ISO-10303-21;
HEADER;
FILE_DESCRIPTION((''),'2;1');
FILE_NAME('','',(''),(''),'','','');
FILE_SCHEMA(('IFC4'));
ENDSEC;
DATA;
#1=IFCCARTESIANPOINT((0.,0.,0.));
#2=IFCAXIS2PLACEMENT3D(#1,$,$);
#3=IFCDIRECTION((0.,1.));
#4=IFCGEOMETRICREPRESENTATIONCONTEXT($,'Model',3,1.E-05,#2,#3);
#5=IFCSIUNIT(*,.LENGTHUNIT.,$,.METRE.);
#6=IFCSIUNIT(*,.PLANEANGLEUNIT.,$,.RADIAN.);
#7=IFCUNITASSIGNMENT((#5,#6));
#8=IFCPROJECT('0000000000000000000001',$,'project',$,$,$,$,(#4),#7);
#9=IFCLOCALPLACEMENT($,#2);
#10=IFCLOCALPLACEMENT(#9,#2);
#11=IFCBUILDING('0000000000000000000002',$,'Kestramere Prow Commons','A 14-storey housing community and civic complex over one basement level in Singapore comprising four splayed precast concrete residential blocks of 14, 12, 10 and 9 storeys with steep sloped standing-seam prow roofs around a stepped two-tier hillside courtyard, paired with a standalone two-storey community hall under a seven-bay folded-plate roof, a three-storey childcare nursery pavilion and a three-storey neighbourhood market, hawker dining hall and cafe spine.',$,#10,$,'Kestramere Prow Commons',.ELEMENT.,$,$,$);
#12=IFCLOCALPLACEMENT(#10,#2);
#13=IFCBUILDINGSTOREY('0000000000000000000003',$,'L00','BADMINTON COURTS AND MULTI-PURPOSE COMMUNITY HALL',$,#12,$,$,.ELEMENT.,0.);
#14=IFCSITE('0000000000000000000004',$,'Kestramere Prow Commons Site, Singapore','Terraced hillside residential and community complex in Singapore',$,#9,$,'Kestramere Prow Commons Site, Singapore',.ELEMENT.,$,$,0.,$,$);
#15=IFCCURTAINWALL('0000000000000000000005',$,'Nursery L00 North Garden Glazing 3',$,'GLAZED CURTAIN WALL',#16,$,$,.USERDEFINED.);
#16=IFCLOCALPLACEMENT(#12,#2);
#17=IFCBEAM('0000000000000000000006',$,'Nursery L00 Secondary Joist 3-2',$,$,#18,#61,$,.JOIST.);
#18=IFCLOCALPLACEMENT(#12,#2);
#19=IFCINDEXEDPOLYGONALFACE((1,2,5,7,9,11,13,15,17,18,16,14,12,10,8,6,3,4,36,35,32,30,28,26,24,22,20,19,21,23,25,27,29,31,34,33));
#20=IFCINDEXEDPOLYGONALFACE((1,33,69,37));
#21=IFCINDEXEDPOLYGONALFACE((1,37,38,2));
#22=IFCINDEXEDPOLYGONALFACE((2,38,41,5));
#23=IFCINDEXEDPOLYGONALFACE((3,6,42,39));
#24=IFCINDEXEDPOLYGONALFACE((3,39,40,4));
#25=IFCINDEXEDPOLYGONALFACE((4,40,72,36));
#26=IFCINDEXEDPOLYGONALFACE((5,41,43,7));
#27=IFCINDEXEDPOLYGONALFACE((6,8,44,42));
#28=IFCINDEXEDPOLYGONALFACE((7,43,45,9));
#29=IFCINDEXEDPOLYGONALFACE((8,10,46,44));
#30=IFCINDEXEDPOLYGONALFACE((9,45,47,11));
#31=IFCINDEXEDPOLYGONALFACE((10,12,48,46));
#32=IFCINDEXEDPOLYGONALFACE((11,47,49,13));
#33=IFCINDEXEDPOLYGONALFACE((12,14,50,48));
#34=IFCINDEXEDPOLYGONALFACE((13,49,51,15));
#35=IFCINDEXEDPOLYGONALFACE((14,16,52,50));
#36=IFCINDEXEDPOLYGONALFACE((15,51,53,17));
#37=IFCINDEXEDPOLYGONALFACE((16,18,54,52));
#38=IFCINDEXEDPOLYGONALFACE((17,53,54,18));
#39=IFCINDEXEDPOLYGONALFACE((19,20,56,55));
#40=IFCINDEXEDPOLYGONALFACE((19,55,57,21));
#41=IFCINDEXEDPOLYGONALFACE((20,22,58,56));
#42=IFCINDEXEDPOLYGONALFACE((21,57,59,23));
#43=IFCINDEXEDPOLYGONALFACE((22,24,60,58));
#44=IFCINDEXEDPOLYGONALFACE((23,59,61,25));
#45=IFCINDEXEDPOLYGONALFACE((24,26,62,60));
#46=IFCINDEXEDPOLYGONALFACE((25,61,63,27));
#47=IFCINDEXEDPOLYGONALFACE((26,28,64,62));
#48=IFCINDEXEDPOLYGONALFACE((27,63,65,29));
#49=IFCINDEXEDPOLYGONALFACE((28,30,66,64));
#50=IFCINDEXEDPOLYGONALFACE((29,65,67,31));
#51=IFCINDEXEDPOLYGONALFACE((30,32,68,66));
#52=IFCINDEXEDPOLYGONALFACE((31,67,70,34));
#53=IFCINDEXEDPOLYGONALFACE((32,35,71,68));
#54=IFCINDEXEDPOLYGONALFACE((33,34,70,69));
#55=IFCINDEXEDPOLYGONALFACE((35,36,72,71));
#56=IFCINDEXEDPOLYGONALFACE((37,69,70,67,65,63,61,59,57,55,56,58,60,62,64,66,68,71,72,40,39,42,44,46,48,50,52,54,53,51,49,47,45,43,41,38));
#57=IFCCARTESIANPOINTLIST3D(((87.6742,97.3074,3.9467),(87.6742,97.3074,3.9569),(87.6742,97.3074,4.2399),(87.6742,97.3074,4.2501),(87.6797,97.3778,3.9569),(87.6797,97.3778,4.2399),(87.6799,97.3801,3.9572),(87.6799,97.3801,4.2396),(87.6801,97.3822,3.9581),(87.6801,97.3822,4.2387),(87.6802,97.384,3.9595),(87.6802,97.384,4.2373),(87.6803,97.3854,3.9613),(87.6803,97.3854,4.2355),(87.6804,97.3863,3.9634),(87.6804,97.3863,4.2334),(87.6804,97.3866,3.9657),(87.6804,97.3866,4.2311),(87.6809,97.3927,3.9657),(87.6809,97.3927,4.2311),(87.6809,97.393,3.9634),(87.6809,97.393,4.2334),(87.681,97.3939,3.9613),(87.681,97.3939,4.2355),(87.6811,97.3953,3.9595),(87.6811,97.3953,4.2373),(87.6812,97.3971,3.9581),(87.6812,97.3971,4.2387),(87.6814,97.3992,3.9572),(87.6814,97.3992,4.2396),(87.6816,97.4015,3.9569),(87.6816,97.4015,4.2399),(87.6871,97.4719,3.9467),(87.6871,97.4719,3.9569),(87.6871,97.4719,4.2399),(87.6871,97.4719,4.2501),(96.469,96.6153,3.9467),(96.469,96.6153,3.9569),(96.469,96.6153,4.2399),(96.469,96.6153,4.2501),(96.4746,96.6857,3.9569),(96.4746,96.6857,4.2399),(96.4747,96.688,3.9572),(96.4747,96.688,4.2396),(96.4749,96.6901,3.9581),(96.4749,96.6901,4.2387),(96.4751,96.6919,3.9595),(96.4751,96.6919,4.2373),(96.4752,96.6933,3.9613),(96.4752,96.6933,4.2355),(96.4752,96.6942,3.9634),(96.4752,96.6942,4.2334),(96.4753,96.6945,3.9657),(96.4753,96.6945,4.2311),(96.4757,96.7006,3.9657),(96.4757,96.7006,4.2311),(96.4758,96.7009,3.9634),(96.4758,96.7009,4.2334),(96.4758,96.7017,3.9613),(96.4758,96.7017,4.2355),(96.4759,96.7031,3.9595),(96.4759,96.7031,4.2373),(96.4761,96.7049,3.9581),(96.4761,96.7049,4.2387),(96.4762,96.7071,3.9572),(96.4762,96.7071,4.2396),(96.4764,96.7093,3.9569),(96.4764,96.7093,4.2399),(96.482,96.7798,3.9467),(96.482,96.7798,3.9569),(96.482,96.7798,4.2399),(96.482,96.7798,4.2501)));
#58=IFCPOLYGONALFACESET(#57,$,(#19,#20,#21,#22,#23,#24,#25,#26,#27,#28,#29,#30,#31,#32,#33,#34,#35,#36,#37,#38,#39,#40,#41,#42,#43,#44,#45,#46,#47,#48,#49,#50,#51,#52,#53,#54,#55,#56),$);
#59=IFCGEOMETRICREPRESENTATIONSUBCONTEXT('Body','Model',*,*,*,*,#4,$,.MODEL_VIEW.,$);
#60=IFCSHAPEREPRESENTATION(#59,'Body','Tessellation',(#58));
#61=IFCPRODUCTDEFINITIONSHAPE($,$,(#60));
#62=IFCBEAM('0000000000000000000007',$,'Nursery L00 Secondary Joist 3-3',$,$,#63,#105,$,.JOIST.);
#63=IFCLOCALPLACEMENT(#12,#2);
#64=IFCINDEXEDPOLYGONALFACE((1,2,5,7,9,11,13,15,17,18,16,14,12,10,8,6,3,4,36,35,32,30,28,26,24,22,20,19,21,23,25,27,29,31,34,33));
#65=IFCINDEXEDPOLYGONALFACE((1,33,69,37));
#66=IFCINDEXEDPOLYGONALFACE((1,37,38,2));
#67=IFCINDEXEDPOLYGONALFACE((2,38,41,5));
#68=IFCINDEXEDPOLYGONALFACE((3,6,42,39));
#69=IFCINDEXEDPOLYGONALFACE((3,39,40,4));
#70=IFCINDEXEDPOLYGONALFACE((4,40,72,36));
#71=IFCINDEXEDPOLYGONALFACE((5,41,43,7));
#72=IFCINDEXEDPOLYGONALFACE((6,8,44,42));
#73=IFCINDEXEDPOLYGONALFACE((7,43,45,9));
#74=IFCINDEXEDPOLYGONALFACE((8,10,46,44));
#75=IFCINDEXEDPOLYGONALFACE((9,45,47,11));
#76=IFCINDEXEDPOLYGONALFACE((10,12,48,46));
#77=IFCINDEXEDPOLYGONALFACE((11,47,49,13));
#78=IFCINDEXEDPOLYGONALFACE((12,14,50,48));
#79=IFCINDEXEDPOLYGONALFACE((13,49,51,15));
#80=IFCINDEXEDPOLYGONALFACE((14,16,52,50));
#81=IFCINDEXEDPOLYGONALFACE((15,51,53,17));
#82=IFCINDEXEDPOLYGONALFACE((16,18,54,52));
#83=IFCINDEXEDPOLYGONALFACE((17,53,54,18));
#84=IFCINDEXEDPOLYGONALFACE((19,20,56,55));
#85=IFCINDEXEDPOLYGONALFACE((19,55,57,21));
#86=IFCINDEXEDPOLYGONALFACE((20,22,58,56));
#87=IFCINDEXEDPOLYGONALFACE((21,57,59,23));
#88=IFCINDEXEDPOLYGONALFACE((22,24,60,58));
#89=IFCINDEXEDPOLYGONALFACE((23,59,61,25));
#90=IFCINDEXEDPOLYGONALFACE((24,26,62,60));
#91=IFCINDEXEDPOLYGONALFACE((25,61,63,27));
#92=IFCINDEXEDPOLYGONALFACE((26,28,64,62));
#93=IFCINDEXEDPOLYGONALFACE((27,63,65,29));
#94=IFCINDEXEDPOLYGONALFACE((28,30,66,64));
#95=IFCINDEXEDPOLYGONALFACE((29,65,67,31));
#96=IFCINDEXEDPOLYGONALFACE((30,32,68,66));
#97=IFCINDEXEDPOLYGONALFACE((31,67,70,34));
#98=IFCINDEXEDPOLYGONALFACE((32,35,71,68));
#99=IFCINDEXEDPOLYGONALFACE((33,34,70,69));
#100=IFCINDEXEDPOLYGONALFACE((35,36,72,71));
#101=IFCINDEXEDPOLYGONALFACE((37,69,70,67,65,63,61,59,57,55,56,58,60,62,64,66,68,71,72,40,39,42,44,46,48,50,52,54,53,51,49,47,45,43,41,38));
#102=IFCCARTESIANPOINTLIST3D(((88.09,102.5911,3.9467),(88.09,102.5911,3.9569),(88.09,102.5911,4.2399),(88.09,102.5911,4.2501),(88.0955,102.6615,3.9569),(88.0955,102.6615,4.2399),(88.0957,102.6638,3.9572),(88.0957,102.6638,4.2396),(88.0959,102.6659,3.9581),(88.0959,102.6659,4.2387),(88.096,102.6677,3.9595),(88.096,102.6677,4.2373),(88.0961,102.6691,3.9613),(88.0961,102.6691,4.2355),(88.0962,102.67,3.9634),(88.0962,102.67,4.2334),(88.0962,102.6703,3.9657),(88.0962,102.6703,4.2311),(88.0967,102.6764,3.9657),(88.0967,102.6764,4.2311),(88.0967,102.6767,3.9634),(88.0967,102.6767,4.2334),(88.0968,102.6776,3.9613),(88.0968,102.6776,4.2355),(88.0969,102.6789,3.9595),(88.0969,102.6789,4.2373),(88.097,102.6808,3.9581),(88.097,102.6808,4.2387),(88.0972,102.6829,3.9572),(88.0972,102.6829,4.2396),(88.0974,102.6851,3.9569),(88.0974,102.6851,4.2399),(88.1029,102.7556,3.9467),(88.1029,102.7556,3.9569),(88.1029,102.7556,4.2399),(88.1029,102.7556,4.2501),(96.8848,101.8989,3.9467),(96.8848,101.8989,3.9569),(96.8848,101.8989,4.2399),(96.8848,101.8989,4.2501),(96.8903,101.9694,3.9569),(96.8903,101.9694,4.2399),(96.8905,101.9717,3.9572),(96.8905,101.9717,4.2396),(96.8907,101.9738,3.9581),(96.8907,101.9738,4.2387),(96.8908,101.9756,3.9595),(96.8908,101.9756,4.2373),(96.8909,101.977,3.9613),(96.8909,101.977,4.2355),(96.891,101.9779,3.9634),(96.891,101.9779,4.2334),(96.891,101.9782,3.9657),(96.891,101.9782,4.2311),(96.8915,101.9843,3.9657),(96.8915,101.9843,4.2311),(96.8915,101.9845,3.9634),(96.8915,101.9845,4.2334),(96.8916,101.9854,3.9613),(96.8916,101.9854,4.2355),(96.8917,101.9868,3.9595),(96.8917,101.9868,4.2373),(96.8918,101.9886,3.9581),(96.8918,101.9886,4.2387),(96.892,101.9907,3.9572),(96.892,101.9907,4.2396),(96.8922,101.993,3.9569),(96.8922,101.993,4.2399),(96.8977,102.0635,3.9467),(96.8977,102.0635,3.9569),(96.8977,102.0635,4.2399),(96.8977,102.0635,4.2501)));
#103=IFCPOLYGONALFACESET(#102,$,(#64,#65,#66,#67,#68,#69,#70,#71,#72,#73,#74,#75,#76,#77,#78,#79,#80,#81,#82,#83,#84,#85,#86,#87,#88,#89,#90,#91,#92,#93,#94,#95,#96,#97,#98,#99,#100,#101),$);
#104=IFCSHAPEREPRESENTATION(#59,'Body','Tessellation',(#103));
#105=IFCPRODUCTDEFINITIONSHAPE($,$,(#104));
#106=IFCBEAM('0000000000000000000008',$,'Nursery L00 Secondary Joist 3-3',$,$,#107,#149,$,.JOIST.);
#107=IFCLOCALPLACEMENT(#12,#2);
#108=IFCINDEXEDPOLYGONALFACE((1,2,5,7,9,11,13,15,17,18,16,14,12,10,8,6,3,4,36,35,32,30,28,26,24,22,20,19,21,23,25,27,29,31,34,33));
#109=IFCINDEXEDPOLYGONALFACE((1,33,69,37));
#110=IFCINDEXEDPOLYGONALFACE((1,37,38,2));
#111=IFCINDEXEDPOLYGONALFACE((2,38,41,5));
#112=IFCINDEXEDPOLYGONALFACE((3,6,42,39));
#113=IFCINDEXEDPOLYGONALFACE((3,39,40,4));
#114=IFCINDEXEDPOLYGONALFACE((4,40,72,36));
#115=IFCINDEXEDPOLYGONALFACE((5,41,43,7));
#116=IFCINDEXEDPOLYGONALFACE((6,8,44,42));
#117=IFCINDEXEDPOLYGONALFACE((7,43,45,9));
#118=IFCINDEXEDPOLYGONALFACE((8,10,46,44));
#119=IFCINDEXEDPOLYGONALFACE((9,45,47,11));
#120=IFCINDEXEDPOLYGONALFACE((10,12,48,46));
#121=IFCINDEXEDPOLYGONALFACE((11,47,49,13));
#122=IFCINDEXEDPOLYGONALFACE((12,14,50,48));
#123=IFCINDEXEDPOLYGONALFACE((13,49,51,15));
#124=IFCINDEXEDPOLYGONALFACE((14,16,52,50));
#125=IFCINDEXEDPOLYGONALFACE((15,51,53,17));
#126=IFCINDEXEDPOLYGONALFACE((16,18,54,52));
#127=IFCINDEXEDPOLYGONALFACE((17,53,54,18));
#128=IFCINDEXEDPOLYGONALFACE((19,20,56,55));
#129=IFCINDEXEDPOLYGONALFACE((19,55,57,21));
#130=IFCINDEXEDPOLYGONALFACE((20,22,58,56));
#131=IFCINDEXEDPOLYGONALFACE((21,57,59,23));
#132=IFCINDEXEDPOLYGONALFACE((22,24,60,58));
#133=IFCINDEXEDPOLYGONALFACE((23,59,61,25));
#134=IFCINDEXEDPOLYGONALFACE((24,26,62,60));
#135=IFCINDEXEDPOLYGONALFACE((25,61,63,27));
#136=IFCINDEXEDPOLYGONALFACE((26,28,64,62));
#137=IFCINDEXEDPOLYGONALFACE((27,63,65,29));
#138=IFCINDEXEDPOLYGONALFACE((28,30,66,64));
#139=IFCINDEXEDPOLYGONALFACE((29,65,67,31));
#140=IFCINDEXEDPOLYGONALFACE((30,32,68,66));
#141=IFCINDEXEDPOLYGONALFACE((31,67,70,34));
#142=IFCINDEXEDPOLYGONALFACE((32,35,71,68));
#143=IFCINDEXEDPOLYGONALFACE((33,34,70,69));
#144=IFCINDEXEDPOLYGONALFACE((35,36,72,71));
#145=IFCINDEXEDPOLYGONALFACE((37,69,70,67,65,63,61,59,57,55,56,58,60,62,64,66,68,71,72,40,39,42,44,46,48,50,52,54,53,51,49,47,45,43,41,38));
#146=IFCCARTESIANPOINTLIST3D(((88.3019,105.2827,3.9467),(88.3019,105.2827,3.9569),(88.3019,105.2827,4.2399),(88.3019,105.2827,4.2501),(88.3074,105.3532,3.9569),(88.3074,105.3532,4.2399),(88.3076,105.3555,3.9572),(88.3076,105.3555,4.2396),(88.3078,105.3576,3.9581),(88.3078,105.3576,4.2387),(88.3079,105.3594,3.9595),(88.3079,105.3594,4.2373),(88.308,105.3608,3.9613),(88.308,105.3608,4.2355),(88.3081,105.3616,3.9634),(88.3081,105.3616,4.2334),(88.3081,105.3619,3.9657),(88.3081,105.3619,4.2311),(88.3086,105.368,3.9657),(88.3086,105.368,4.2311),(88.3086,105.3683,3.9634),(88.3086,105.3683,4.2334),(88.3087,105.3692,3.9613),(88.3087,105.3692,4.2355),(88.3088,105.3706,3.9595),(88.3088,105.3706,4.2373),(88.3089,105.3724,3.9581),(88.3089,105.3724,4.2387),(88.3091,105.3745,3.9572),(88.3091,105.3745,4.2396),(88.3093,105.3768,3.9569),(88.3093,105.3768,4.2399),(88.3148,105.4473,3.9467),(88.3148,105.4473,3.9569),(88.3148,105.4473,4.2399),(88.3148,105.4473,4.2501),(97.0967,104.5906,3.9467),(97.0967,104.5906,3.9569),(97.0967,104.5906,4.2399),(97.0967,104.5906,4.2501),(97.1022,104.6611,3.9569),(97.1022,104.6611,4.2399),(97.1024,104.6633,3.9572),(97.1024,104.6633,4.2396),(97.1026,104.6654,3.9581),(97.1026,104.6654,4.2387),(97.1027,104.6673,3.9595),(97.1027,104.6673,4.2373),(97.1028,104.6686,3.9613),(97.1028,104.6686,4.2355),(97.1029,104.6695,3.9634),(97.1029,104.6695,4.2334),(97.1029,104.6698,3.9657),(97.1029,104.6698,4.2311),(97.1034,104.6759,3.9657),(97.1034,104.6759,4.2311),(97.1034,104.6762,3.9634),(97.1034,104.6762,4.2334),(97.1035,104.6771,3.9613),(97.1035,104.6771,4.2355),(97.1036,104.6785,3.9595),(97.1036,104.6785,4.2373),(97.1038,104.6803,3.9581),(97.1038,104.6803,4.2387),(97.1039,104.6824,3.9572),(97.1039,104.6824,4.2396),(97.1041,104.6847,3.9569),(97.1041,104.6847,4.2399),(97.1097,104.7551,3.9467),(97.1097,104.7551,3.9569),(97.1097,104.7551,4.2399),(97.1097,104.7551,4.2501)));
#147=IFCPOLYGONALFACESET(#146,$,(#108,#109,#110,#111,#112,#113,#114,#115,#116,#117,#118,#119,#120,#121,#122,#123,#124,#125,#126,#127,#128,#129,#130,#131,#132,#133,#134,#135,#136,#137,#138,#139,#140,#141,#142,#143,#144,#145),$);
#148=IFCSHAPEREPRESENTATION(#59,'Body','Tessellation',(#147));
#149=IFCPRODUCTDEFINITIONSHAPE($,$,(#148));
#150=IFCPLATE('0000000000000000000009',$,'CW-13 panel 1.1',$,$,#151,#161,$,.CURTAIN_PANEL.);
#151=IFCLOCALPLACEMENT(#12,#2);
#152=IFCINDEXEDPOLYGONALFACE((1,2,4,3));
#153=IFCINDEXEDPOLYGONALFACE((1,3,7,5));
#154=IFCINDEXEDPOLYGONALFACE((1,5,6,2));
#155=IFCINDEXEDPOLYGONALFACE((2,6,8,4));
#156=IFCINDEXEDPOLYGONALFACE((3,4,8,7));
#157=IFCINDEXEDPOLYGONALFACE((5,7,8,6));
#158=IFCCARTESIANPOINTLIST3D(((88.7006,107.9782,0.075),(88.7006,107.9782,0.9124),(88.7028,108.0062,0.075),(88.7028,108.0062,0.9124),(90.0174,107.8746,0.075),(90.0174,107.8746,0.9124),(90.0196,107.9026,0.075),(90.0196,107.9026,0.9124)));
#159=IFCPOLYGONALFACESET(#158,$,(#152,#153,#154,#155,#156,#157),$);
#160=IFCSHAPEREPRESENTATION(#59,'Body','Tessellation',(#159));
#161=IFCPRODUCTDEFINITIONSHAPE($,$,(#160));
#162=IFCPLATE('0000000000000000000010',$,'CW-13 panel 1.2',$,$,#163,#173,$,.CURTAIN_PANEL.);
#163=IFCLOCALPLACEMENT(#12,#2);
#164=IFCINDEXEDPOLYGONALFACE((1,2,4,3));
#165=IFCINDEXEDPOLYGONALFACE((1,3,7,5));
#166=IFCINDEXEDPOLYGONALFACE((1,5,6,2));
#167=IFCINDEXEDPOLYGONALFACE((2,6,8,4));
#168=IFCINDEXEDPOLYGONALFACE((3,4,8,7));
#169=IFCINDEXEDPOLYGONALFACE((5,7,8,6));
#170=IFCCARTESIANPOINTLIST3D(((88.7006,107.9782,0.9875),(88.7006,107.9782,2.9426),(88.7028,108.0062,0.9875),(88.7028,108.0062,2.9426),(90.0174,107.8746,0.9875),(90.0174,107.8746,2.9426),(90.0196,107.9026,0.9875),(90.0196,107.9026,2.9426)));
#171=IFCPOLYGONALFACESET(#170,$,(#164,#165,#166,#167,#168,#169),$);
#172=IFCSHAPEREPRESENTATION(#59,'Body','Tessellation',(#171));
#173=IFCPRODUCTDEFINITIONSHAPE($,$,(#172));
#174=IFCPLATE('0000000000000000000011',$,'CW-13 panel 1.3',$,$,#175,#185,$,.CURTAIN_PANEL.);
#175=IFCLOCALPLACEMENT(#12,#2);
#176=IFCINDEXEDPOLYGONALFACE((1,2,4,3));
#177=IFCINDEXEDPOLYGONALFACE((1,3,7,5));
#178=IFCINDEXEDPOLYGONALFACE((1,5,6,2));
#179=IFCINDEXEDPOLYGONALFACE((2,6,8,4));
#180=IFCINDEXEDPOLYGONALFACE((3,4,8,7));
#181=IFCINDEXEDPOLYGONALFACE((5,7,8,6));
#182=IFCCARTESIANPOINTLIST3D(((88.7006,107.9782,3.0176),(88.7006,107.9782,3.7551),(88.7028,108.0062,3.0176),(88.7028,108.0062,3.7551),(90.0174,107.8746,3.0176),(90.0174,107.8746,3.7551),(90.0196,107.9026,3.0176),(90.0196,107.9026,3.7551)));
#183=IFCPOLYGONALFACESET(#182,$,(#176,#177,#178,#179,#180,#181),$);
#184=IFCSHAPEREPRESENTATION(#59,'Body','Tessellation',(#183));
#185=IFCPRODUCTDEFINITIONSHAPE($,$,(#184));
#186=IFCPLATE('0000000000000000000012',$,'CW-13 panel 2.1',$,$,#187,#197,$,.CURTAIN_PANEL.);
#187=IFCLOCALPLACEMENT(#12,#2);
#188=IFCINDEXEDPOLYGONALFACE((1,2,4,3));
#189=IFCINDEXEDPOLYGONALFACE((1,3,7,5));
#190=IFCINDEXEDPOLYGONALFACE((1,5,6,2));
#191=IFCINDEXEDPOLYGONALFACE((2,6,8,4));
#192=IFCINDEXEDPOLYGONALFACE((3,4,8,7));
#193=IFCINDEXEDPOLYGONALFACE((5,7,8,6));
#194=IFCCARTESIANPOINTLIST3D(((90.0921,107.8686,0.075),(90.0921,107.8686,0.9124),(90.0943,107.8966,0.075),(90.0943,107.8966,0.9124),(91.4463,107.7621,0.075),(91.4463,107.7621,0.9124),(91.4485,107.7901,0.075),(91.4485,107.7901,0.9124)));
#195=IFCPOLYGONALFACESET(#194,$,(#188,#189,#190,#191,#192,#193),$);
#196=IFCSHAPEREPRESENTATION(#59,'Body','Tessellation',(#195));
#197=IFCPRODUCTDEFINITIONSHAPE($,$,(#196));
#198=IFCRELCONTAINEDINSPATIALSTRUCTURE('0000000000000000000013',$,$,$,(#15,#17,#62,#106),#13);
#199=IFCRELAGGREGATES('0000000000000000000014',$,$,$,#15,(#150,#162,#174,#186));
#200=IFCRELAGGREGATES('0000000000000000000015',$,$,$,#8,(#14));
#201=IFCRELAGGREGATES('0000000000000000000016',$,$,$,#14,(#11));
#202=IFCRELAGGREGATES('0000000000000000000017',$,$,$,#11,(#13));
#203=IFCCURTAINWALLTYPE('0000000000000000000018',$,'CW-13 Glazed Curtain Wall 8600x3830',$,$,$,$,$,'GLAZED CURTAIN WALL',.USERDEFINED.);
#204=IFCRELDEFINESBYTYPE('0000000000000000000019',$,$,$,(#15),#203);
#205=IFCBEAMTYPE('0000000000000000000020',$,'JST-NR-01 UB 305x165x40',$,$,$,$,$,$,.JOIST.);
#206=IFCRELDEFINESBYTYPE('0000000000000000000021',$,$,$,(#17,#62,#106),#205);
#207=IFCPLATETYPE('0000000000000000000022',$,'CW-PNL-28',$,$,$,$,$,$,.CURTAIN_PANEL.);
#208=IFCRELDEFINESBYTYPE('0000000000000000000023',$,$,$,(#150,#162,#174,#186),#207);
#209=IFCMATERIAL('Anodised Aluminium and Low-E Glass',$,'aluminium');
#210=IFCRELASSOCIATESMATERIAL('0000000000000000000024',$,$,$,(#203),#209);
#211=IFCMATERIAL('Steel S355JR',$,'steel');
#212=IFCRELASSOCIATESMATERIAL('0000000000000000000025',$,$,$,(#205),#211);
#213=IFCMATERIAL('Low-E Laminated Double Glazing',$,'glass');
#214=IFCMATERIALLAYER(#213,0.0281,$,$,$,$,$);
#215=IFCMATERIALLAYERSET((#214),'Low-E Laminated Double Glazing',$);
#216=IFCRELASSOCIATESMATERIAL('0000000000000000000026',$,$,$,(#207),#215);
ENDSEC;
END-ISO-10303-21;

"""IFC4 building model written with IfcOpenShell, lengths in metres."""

from ifc_helpers import new_model, si_unit, direction, frame, origin, origin_2d, place, context, subcontext, project, spatial, rectangle, i_section, extrude, material, layer, layer_set, material_profile, profile_set, type_object, element, aggregate, save


model = new_model("IFC4")

# Units and contexts
model_context = context("Model", 3, precision=1e-05, world=origin(), true_north=direction((0.0, 1.0)))
body_context = subcontext(model_context, "Body", "Model", "MODEL_VIEW")
ifc_project = project(units=[si_unit("LENGTHUNIT", "METRE"), si_unit("PLANEANGLEUNIT", "RADIAN")], contexts=[model_context])

# Site, building, storey
site_placement = place(None, origin())
site = spatial("IfcSite", under=ifc_project, at=site_placement, Name="Kestramere Prow Commons Site, Singapore", Description="Terraced hillside residential and community complex in Singapore", LongName="Kestramere Prow Commons Site, Singapore", CompositionType="ELEMENT", RefElevation=0.0)
building_placement = place(site_placement, origin())
building = spatial("IfcBuilding", under=site, at=building_placement, Name="Kestramere Prow Commons", Description="A 14-storey housing community and civic complex over one basement level in Singapore comprising four splayed precast concrete residential blocks of 14, 12, 10 and 9 storeys with steep sloped standing-seam prow roofs around a stepped two-tier hillside courtyard, paired with a standalone two-storey community hall under a seven-bay folded-plate roof, a three-storey childcare nursery pavilion and a three-storey neighbourhood market, hawker dining hall and cafe spine.", LongName="Kestramere Prow Commons", CompositionType="ELEMENT")
storey_placement = place(building_placement, origin())
storey = spatial("IfcBuildingStorey", under=building, at=storey_placement, Name="L00", Description="BADMINTON COURTS AND MULTI-PURPOSE COMMUNITY HALL", CompositionType="ELEMENT", Elevation=0.0)

# Shared definitions
ifc_material_1 = material(Name="Steel S355JR", Category="steel")

# Curtain wall
ifc_material_2 = material(Name="Anodised Aluminium and Low-E Glass", Category="aluminium")
curtain_wall_type = type_object("IfcCurtainWallType", Name="CW-13 Glazed Curtain Wall 8600x3830", ElementType="GLAZED CURTAIN WALL", PredefinedType="USERDEFINED", material=ifc_material_2)
curtain_wall_placement = place(storey_placement, origin())
curtain_wall = element("IfcCurtainWall", 1, at=curtain_wall_placement, inside=storey, type_object=curtain_wall_type, Name="Nursery L00 North Garden Glazing 3", ObjectType="GLAZED CURTAIN WALL", PredefinedType="USERDEFINED")

# Beams
ifc_material_profile_1 = material_profile(ifc_material_1, i_section(OverallWidth=0.165, OverallDepth=0.3035, WebThickness=0.0061, FlangeThickness=0.0103, FilletRadius=0.0088, at=origin_2d()), Name="UB 305x165x40")
ifc_profile_set_1 = profile_set([ifc_material_profile_1], Name="Steel S355JR")
beam_type_1 = type_object("IfcBeamType", Name="JST-NR-01 UB 305x165x40", PredefinedType="JOIST", material=ifc_profile_set_1)
for number, where, z_axis, x_axis, name in (
    (2, (87.6807, 97.3896, 4.0984), (0.996918, -0.078455, 0.0), (0.078455, 0.996918, 0.0), "Nursery L00 Secondary Joist 3-2"),
    (3, (88.0964, 102.6733, 4.0984), (0.996918, -0.078455, 0.0), (0.078455, 0.996918, 0.0), "Nursery L00 Secondary Joist 3-3"),
    (4, (88.3083, 105.365, 4.0984), (0.996918, -0.078455, 0.0), (0.078455, 0.996918, 0.0), "Nursery L00 Secondary Joist 3-3"),
):
    element("IfcBeam", number, at=place(storey_placement, frame(where, z_axis=z_axis, x_axis=x_axis)), inside=storey, type_object=beam_type_1, Name=name, PredefinedType="JOIST", context=body_context, shape_type="SweptSolid", body=[
        extrude(i_section(OverallWidth=0.165, OverallDepth=0.3035, WebThickness=0.0061, FlangeThickness=0.0103, FilletRadius=0.0088, at=origin_2d()), origin(), (0.0, 0.0, 1.0), 8.822),
    ])

# Plates
ifc_material_3 = material(Name="Low-E Laminated Double Glazing", Category="glass")
ifc_layer_1 = layer(ifc_material_3, 0.0281)
ifc_layer_set_1 = layer_set([ifc_layer_1], Name="Low-E Laminated Double Glazing")
plate_type = type_object("IfcPlateType", Name="CW-PNL-28", PredefinedType="CURTAIN_PANEL", material=ifc_layer_set_1)
plate_1_placement = place(storey_placement, frame((89.3601, 107.9404, 0.075), z_axis=(0.0, 0.0, 1.0), x_axis=(0.996917, -0.078459, 0.0)))
plate_1 = element("IfcPlate", 5, at=plate_1_placement, type_object=plate_type, Name="CW-13 panel 1.1", PredefinedType="CURTAIN_PANEL", context=body_context, shape_type="SweptSolid", body=[
    extrude(rectangle(XDim=1.3208, YDim=0.0281, at=origin_2d()), origin(), (0.0, 0.0, 1.0), 0.8374),
])
plate_2_placement = place(storey_placement, frame((89.3601, 107.9404, 0.9875), z_axis=(0.0, 0.0, 1.0), x_axis=(0.996917, -0.078459, 0.0)))
plate_2 = element("IfcPlate", 6, at=plate_2_placement, type_object=plate_type, Name="CW-13 panel 1.2", PredefinedType="CURTAIN_PANEL", context=body_context, shape_type="SweptSolid", body=[
    extrude(rectangle(XDim=1.3208, YDim=0.0281, at=origin_2d()), origin(), (0.0, 0.0, 1.0), 1.9551),
])
plate_3_placement = place(storey_placement, frame((89.3601, 107.9404, 3.0176), z_axis=(0.0, 0.0, 1.0), x_axis=(0.996917, -0.078459, 0.0)))
plate_3 = element("IfcPlate", 7, at=plate_3_placement, type_object=plate_type, Name="CW-13 panel 1.3", PredefinedType="CURTAIN_PANEL", context=body_context, shape_type="SweptSolid", body=[
    extrude(rectangle(XDim=1.3208, YDim=0.0281, at=origin_2d()), origin(), (0.0, 0.0, 1.0), 0.7375),
])
plate_4_placement = place(storey_placement, frame((90.7703, 107.8293, 0.075), z_axis=(0.0, 0.0, 1.0), x_axis=(0.996917, -0.078459, 0.0)))
plate_4 = element("IfcPlate", 8, at=plate_4_placement, type_object=plate_type, Name="CW-13 panel 2.1", PredefinedType="CURTAIN_PANEL", context=body_context, shape_type="SweptSolid", body=[
    extrude(rectangle(XDim=1.3584, YDim=0.0281, at=origin_2d()), origin(), (0.0, 0.0, 1.0), 0.8374),
])
aggregate(curtain_wall, [plate_1, plate_2, plate_3, plate_4])

save(model, "model.ifc")
